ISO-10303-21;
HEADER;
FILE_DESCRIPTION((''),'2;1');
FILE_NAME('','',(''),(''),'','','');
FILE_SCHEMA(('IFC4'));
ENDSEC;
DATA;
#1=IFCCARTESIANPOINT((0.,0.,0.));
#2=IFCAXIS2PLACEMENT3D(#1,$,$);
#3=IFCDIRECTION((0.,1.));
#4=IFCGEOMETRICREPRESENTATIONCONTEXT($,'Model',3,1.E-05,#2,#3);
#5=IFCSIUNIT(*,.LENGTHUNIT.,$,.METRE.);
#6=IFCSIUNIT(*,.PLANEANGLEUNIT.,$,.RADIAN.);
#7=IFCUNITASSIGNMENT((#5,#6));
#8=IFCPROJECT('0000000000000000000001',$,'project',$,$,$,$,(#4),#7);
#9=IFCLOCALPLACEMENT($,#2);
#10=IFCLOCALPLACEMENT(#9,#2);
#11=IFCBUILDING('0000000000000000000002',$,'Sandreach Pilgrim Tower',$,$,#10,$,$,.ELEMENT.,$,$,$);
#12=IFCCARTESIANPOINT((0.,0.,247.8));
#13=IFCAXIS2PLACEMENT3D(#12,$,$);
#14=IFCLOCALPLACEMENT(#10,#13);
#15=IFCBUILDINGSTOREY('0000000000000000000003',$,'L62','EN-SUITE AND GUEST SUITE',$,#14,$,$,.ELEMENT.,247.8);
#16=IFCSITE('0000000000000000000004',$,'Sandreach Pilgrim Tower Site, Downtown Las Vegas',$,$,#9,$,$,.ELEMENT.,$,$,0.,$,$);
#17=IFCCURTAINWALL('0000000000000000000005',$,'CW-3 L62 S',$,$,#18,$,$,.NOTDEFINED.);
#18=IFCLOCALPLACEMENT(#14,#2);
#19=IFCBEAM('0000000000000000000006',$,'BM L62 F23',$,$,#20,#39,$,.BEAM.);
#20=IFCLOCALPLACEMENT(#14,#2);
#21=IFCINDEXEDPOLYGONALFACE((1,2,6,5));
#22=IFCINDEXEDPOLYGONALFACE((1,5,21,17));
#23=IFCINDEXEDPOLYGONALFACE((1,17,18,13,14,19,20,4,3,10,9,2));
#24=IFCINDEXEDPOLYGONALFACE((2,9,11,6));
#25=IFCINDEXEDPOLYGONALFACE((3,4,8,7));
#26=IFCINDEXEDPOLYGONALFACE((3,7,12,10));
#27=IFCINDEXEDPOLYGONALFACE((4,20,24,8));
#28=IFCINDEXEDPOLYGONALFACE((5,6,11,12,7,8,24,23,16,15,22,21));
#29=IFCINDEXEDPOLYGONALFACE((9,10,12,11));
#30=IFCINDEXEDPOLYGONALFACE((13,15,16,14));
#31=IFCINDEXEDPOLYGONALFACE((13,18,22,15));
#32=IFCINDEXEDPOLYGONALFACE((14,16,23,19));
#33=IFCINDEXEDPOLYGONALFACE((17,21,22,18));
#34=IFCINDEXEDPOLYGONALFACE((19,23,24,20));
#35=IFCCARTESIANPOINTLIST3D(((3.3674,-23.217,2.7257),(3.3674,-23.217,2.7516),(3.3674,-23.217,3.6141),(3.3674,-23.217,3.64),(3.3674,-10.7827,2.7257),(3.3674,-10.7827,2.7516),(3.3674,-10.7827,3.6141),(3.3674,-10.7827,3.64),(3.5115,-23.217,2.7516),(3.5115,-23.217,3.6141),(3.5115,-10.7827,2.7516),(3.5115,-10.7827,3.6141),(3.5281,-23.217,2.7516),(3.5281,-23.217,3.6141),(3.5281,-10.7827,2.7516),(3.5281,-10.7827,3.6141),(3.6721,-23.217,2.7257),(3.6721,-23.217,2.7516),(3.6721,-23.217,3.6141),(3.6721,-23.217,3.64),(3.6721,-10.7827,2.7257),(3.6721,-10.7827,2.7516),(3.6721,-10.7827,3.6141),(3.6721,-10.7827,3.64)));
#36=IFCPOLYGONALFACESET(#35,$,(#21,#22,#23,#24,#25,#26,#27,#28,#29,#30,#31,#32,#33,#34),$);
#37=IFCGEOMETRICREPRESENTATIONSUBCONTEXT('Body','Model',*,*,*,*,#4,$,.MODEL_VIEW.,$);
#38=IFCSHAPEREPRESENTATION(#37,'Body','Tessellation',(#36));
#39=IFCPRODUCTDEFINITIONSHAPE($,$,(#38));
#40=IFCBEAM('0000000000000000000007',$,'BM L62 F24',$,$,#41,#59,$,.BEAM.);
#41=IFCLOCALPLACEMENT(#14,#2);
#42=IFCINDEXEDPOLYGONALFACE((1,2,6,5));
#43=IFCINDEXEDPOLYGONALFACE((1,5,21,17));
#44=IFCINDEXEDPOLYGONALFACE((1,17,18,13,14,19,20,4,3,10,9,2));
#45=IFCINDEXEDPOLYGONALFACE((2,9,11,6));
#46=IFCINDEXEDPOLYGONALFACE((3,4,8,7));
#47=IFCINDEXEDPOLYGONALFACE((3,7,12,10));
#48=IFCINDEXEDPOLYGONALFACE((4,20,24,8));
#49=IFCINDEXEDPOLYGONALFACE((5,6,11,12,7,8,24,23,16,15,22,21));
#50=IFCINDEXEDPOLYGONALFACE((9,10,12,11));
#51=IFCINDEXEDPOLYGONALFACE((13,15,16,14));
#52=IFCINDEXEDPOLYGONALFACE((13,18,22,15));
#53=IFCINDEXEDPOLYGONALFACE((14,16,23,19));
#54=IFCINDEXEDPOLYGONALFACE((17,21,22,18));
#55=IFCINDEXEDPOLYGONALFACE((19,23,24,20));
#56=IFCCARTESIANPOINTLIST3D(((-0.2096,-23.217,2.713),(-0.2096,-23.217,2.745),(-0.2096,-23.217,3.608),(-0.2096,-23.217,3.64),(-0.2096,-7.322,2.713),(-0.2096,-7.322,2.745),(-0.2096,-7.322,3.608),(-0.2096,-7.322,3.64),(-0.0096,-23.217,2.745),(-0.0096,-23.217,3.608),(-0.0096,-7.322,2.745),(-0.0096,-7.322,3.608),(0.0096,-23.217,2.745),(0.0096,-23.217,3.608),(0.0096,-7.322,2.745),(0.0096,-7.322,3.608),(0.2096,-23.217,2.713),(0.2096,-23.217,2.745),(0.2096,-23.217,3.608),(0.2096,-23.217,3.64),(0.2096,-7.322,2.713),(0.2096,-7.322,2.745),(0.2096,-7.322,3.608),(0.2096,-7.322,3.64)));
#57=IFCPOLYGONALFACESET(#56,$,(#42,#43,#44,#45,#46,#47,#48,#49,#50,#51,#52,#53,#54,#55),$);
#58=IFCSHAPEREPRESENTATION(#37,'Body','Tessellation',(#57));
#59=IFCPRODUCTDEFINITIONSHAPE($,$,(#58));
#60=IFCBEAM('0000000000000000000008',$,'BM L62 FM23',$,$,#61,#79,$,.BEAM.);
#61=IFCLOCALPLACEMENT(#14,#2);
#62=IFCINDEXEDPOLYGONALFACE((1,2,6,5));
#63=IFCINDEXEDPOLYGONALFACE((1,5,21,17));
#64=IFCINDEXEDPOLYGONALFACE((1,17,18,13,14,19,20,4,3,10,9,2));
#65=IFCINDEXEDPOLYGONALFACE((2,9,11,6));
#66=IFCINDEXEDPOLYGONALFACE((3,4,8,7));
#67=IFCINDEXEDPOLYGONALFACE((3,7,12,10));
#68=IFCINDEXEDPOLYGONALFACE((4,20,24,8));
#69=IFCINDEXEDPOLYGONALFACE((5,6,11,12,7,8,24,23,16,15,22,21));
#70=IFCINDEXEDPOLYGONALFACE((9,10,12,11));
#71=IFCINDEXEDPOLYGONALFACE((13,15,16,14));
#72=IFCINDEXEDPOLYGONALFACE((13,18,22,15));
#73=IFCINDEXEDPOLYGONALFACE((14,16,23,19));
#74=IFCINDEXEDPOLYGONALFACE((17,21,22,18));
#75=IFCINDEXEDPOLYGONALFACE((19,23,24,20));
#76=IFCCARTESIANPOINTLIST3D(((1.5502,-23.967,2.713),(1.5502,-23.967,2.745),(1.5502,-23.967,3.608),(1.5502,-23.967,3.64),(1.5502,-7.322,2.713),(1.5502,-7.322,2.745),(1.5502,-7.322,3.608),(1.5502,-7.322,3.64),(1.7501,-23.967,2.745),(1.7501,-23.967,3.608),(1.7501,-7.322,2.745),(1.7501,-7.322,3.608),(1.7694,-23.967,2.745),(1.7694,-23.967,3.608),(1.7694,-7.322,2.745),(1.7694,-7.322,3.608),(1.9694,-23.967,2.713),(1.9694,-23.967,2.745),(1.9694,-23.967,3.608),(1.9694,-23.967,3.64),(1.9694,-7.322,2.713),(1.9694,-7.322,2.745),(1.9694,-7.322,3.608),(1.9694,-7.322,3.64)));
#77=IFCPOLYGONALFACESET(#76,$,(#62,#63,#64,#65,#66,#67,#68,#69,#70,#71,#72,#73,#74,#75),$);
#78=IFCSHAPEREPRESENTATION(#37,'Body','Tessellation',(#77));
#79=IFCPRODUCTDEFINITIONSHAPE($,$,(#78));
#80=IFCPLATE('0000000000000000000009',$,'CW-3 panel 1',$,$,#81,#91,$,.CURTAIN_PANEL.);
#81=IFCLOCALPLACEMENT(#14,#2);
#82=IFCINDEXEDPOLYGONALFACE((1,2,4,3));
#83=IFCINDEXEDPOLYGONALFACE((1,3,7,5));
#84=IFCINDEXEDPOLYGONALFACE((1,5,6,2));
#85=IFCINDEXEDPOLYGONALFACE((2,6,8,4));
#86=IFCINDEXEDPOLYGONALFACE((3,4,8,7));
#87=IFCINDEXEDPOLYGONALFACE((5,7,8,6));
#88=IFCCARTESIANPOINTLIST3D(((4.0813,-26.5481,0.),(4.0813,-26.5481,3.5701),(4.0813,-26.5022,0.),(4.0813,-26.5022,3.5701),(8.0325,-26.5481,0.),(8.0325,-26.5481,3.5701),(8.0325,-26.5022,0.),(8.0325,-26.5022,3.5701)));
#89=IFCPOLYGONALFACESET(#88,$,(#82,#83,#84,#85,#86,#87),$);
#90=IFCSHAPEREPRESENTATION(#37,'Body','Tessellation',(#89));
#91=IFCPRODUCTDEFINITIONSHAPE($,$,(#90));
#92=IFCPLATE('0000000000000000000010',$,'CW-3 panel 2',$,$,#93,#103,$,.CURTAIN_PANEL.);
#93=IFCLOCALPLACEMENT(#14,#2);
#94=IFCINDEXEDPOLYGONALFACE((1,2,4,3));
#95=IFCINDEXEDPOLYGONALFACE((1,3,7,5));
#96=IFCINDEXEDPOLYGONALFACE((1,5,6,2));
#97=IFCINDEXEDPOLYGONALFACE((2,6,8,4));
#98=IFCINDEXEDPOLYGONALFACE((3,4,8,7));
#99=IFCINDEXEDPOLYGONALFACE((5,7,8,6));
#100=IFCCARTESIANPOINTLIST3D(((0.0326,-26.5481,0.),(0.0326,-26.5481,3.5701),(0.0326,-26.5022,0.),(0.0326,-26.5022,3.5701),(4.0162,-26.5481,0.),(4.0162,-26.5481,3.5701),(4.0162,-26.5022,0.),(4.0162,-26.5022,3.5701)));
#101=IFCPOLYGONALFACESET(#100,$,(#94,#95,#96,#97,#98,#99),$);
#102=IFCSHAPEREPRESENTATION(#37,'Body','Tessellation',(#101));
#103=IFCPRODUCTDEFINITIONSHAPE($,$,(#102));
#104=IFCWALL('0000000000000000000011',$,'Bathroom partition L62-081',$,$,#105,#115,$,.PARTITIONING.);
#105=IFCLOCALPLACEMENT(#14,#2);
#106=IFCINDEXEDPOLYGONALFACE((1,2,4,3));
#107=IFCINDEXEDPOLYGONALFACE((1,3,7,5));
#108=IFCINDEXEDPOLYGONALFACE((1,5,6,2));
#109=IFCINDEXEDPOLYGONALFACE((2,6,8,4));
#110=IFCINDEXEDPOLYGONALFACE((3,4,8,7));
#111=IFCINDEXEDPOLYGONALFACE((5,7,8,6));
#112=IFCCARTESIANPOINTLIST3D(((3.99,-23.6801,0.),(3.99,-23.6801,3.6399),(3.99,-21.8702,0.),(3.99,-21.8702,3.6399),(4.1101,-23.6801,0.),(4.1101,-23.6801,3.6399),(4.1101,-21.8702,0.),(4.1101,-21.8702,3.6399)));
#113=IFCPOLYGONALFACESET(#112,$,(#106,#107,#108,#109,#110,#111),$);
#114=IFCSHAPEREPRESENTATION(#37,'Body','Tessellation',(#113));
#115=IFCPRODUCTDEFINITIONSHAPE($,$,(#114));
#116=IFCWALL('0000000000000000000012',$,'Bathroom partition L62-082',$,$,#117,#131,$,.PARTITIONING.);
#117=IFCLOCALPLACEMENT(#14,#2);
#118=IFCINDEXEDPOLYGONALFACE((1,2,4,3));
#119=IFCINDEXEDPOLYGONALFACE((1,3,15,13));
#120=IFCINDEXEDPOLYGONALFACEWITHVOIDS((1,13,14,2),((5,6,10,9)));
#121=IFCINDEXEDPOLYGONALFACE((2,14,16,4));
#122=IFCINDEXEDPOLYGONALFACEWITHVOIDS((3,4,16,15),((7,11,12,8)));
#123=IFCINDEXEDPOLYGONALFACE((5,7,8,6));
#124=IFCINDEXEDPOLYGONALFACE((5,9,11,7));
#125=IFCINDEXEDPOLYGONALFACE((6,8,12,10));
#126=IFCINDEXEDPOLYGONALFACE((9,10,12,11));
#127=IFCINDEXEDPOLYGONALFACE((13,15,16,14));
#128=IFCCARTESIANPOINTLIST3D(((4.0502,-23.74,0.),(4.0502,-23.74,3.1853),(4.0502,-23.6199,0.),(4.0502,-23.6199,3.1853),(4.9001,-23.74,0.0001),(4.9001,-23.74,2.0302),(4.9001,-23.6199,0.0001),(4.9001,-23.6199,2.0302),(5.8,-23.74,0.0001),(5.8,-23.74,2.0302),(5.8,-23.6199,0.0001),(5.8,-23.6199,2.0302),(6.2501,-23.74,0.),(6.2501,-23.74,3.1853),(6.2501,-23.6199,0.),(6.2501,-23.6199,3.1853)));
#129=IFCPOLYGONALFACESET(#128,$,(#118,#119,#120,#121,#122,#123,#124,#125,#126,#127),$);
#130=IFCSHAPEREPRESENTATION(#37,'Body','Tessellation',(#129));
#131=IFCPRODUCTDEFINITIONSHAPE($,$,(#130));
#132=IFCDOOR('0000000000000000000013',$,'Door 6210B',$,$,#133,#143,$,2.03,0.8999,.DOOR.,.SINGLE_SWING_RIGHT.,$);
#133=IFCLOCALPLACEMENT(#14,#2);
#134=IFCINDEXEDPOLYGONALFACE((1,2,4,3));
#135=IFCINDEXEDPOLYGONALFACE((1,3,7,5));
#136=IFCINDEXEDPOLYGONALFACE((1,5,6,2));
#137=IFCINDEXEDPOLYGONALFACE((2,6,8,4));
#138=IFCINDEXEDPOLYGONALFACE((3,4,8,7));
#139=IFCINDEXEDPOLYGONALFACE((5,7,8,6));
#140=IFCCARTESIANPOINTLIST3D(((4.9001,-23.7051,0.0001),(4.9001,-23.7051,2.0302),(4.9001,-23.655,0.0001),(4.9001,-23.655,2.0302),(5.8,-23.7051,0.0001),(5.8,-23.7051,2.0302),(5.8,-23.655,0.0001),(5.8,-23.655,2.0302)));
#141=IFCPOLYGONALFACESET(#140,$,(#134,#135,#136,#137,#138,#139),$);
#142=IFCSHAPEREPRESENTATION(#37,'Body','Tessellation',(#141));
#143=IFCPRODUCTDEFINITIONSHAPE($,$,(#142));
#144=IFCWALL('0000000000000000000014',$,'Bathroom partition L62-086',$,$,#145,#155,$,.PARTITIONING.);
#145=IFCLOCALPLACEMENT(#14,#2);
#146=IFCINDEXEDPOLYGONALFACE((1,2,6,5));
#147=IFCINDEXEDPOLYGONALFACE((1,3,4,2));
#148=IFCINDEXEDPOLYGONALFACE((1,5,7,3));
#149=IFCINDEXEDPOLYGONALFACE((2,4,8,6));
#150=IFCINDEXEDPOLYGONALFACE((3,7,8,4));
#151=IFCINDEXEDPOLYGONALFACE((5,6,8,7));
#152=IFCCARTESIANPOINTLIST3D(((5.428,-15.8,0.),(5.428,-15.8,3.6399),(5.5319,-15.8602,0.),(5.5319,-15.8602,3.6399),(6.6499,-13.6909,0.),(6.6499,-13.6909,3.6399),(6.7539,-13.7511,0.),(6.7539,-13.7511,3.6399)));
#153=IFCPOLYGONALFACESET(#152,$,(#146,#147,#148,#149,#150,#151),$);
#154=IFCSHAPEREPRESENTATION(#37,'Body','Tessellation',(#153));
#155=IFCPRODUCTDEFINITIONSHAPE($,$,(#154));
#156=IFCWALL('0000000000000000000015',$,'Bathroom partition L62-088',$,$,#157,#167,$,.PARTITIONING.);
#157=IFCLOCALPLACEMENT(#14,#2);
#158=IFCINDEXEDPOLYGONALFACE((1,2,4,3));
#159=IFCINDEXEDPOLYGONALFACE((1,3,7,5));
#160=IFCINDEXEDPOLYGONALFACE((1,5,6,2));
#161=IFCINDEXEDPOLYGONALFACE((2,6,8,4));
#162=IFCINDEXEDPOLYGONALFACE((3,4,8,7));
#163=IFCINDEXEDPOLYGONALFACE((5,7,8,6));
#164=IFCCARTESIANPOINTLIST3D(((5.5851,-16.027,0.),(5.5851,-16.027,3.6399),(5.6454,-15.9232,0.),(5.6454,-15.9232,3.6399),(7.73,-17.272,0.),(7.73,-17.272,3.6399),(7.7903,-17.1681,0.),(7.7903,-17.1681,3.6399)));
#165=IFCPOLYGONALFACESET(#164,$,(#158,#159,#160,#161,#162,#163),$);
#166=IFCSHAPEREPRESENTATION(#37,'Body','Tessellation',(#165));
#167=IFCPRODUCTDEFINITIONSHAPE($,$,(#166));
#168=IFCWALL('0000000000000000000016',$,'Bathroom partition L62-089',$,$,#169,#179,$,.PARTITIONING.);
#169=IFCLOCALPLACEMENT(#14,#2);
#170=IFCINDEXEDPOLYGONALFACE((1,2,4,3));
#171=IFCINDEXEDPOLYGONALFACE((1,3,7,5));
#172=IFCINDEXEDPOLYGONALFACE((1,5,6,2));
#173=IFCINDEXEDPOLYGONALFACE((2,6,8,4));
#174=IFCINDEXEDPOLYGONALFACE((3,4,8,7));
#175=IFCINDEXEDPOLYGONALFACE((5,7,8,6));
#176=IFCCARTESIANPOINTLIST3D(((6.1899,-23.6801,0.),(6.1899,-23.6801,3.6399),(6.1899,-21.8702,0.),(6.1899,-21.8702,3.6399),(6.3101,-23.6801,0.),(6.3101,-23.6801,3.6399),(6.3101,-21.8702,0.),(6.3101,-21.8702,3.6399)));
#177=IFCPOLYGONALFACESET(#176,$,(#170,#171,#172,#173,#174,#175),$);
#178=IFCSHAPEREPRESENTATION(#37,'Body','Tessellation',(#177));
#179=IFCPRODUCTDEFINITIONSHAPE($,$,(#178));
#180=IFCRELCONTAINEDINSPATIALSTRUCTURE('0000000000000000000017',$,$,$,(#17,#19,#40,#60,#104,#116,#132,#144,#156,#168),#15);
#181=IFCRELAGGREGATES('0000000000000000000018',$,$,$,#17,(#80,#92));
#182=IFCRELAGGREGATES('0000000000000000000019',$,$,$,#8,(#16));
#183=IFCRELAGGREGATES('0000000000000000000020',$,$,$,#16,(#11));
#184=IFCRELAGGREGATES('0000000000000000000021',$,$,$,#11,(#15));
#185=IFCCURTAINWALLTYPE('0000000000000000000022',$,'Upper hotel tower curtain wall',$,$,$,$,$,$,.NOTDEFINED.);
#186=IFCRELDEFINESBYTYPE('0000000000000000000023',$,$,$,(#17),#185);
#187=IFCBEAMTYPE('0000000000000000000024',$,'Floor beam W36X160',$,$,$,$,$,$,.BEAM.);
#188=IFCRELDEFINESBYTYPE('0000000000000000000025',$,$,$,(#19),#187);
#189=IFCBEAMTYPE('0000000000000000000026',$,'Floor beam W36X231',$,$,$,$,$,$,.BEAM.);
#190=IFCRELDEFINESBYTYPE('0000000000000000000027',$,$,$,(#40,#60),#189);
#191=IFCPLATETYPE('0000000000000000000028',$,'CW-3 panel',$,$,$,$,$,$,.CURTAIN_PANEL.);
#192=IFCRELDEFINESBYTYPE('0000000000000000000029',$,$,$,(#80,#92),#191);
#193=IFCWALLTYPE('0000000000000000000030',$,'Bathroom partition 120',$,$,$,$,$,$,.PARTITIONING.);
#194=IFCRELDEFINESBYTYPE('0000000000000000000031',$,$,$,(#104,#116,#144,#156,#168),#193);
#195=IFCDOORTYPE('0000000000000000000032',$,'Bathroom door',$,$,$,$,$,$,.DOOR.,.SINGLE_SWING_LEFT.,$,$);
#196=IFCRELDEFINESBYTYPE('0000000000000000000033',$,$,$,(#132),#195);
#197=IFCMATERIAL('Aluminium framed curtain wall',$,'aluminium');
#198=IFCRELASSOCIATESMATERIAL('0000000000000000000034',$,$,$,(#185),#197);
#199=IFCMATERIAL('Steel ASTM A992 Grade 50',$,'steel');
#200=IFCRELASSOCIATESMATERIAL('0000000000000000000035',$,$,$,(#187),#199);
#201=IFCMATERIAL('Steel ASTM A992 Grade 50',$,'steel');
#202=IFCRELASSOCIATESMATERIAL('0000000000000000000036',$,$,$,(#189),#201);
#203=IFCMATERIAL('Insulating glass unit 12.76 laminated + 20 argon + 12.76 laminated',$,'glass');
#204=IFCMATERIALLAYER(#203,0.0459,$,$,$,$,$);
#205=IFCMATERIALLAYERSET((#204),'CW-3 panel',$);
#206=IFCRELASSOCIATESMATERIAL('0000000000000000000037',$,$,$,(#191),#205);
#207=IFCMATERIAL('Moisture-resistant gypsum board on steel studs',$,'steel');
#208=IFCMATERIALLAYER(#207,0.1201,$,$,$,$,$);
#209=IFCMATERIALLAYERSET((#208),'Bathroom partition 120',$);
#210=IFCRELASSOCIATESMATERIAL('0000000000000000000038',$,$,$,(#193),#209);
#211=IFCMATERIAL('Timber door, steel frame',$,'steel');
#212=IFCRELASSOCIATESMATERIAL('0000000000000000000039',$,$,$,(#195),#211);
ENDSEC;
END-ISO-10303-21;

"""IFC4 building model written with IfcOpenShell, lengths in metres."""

from ifc_helpers import new_model, si_unit, direction, frame, frame_2d, origin, origin_2d, place, context, subcontext, project, spatial, rectangle, i_section, extrude, material, layer, layer_set, material_profile, profile_set, type_object, element, fill, aggregate, save


model = new_model("IFC4")

# Units and contexts
model_context = context("Model", 3, precision=1e-05, world=origin(), true_north=direction((0.0, 1.0)))
body_context = subcontext(model_context, "Body", "Model", "MODEL_VIEW")
ifc_project = project(units=[si_unit("LENGTHUNIT", "METRE"), si_unit("PLANEANGLEUNIT", "RADIAN")], contexts=[model_context])

# Site, building, storey
site_placement = place(None, origin())
site = spatial("IfcSite", under=ifc_project, at=site_placement, Name="Sandreach Pilgrim Tower Site, Downtown Las Vegas", CompositionType="ELEMENT", RefElevation=0.0)
building_placement = place(site_placement, origin())
building = spatial("IfcBuilding", under=site, at=building_placement, Name="Sandreach Pilgrim Tower", CompositionType="ELEMENT")
storey_placement = place(building_placement, frame((0.0, 0.0, 247.8)))
storey = spatial("IfcBuildingStorey", under=building, at=storey_placement, Name="L62", Description="EN-SUITE AND GUEST SUITE", CompositionType="ELEMENT", Elevation=247.8)

# Curtain wall
ifc_material_1 = material(Name="Aluminium framed curtain wall", Category="aluminium")
curtain_wall_type = type_object("IfcCurtainWallType", Name="Upper hotel tower curtain wall", PredefinedType="NOTDEFINED", material=ifc_material_1)
curtain_wall_placement = place(storey_placement, origin())
curtain_wall = element("IfcCurtainWall", 1, at=curtain_wall_placement, inside=storey, type_object=curtain_wall_type, Name="CW-3 L62 S", PredefinedType="NOTDEFINED")

# Beams
ifc_material_2 = material(Name="Steel ASTM A992 Grade 50", Category="steel")
ifc_material_profile_1 = material_profile(ifc_material_2, i_section(OverallWidth=0.3047, OverallDepth=0.9143, WebThickness=0.0166, FlangeThickness=0.0259, at=origin_2d()), Name="W36X160")
ifc_profile_set_1 = profile_set([ifc_material_profile_1], Name="Steel ASTM A992 Grade 50")
beam_type_1 = type_object("IfcBeamType", Name="Floor beam W36X160", PredefinedType="BEAM", material=ifc_profile_set_1)
beam_1_placement = place(storey_placement, frame((3.5198, -23.217, 3.1829), z_axis=(0.0, 1.0, 0.0), x_axis=(-1.0, 0.0, 0.0)))
element("IfcBeam", 2, at=beam_1_placement, inside=storey, type_object=beam_type_1, Name="BM L62 F23", PredefinedType="BEAM", context=body_context, shape_type="SweptSolid", body=[
    extrude(i_section(OverallWidth=0.3047, OverallDepth=0.9143, WebThickness=0.0166, FlangeThickness=0.0259, at=origin_2d()), origin(), (0.0, 0.0, 1.0), 12.4343),
])
ifc_material_3 = material(Name="Steel ASTM A992 Grade 50", Category="steel")
ifc_material_profile_2 = material_profile(ifc_material_3, i_section(OverallWidth=0.4192, OverallDepth=0.927, WebThickness=0.0193, FlangeThickness=0.032, at=origin_2d()), Name="W36X231")
ifc_profile_set_2 = profile_set([ifc_material_profile_2], Name="Steel ASTM A992 Grade 50")
beam_type_2 = type_object("IfcBeamType", Name="Floor beam W36X231", PredefinedType="BEAM", material=ifc_profile_set_2)
beam_2_placement = place(storey_placement, frame((0.0, -23.217, 3.1765), z_axis=(0.0, 1.0, 0.0), x_axis=(-1.0, 0.0, 0.0)))
element("IfcBeam", 3, at=beam_2_placement, inside=storey, type_object=beam_type_2, Name="BM L62 F24", PredefinedType="BEAM", context=body_context, shape_type="SweptSolid", body=[
    extrude(i_section(OverallWidth=0.4192, OverallDepth=0.927, WebThickness=0.0193, FlangeThickness=0.032, at=origin_2d()), origin(), (0.0, 0.0, 1.0), 15.895),
])
beam_3_placement = place(storey_placement, frame((1.7598, -23.967, 3.1765), z_axis=(0.0, 1.0, 0.0), x_axis=(-1.0, 0.0, 0.0)))
element("IfcBeam", 4, at=beam_3_placement, inside=storey, type_object=beam_type_2, Name="BM L62 FM23", PredefinedType="BEAM", context=body_context, shape_type="SweptSolid", body=[
    extrude(i_section(OverallWidth=0.4192, OverallDepth=0.927, WebThickness=0.0193, FlangeThickness=0.032, at=origin_2d()), origin(), (0.0, 0.0, 1.0), 16.645),
])

# Plates
ifc_material_4 = material(Name="Insulating glass unit 12.76 laminated + 20 argon + 12.76 laminated", Category="glass")
ifc_layer_1 = layer(ifc_material_4, 0.0459)
ifc_layer_set_1 = layer_set([ifc_layer_1], Name="CW-3 panel")
plate_type = type_object("IfcPlateType", Name="CW-3 panel", PredefinedType="CURTAIN_PANEL", material=ifc_layer_set_1)
plate_1_placement = place(storey_placement, frame((6.0569, -26.5251, 0.0), z_axis=(0.0, 0.0, 1.0), x_axis=(-1.0, 0.0, 0.0)))
plate_1 = element("IfcPlate", 5, at=plate_1_placement, type_object=plate_type, Name="CW-3 panel 1", PredefinedType="CURTAIN_PANEL", context=body_context, shape_type="SweptSolid", body=[
    extrude(rectangle(XDim=3.9512, YDim=0.0459, at=origin_2d()), origin(), (0.0, 0.0, 1.0), 3.5701),
])
plate_2_placement = place(storey_placement, frame((2.0244, -26.5251, 0.0), z_axis=(0.0, 0.0, 1.0), x_axis=(-1.0, 0.0, 0.0)))
plate_2 = element("IfcPlate", 6, at=plate_2_placement, type_object=plate_type, Name="CW-3 panel 2", PredefinedType="CURTAIN_PANEL", context=body_context, shape_type="SweptSolid", body=[
    extrude(rectangle(XDim=3.9836, YDim=0.0459, at=origin_2d()), origin(), (0.0, 0.0, 1.0), 3.5701),
])
aggregate(curtain_wall, [plate_1, plate_2])

# Wall
ifc_material_5 = material(Name="Moisture-resistant gypsum board on steel studs", Category="steel")
ifc_layer_2 = layer(ifc_material_5, 0.1201)
ifc_layer_set_2 = layer_set([ifc_layer_2], Name="Bathroom partition 120")
wall_type_1 = type_object("IfcWallType", Name="Bathroom partition 120", PredefinedType="PARTITIONING", material=ifc_layer_set_2)
wall_1_placement = place(storey_placement, frame((4.05, -23.6799, 0.0), z_axis=(0.0, 0.0, 1.0), x_axis=(0.0, 1.0, 0.0)))
element("IfcWall", 7, at=wall_1_placement, inside=storey, type_object=wall_type_1, Name="Bathroom partition L62-081", PredefinedType="PARTITIONING", context=body_context, shape_type="SweptSolid", body=[
    extrude(rectangle(XDim=1.8098, YDim=0.1201, at=frame_2d((0.9048, 0.0))), origin(), (0.0, 0.0, 1.0), 3.6399),
])

# Wall, opening, door
wall_2_placement = place(storey_placement, frame((4.05, -23.6799, 0.0), z_axis=(0.0, 0.0, 1.0), x_axis=(1.0, 0.0, 0.0)))
wall_2 = element("IfcWall", 8, at=wall_2_placement, inside=storey, type_object=wall_type_1, Name="Bathroom partition L62-082", PredefinedType="PARTITIONING", context=body_context, shape_type="SweptSolid", body=[
    extrude(rectangle(XDim=2.2, YDim=0.1201, at=frame_2d((1.1001, 0.0))), origin(), (0.0, 0.0, 1.0), 3.1853),
])
opening_1_placement = place(wall_2_placement, frame((0.8501, 0.0, 0.0)))
opening_1 = element("IfcOpeningElement", 9, at=opening_1_placement, cuts=wall_2, PredefinedType="OPENING", context=body_context, shape_type="SweptSolid", body=[
    extrude(rectangle(XDim=0.8999, YDim=2.03, at=frame_2d((0.45, 1.0151))), frame((0.0, 0.0601, 0.0), z_axis=(0.0, -1.0, 0.0), x_axis=(1.0, 0.0, 0.0)), (0.0, 0.0, 1.0), 0.1201),
])
ifc_material_6 = material(Name="Timber door, steel frame", Category="steel")
door_type_1 = type_object("IfcDoorType", Name="Bathroom door", OperationType="SINGLE_SWING_LEFT", PredefinedType="DOOR", material=ifc_material_6)
door_1_placement = place(opening_1_placement, origin())
door_1 = element("IfcDoor", 10, at=door_1_placement, inside=storey, type_object=door_type_1, Name="Door 6210B", OperationType="SINGLE_SWING_RIGHT", OverallHeight=2.03, OverallWidth=0.8999, PredefinedType="DOOR", context=body_context, shape_type="SweptSolid", body=[
    extrude(rectangle(XDim=0.8999, YDim=2.03, at=frame_2d((0.45, 1.0151))), frame((0.0, 0.0249, 0.0), z_axis=(0.0, -1.0, 0.0), x_axis=(1.0, 0.0, 0.0)), (0.0, 0.0, 1.0), 0.05),
])
fill(opening_1, door_1)

# Walls
wall_3_placement = place(storey_placement, frame((5.48, -15.8301, 0.0), z_axis=(0.0, 0.0, 1.0), x_axis=(0.501297, 0.865275, 0.0)))
element("IfcWall", 11, at=wall_3_placement, inside=storey, type_object=wall_type_1, Name="Bathroom partition L62-086", PredefinedType="PARTITIONING", context=body_context, shape_type="SweptSolid", body=[
    extrude(rectangle(XDim=2.4375, YDim=0.1201, at=frame_2d((1.2188, 0.0))), origin(), (0.0, 0.0, 1.0), 3.6399),
])
wall_4_placement = place(storey_placement, frame((5.6152, -15.9751, 0.0), z_axis=(0.0, 0.0, 1.0), x_axis=(0.864873, -0.501991, 0.0)))
element("IfcWall", 12, at=wall_4_placement, inside=storey, type_object=wall_type_1, Name="Bathroom partition L62-088", PredefinedType="PARTITIONING", context=body_context, shape_type="SweptSolid", body=[
    extrude(rectangle(XDim=2.48, YDim=0.1201, at=frame_2d((1.24, 0.0))), origin(), (0.0, 0.0, 1.0), 3.6399),
])
wall_5_placement = place(storey_placement, frame((6.25, -23.6799, 0.0), z_axis=(0.0, 0.0, 1.0), x_axis=(0.0, 1.0, 0.0)))
element("IfcWall", 13, at=wall_5_placement, inside=storey, type_object=wall_type_1, Name="Bathroom partition L62-089", PredefinedType="PARTITIONING", context=body_context, shape_type="SweptSolid", body=[
    extrude(rectangle(XDim=1.8098, YDim=0.1201, at=frame_2d((0.9048, 0.0))), origin(), (0.0, 0.0, 1.0), 3.6399),
])

save(model, "model.ifc")
